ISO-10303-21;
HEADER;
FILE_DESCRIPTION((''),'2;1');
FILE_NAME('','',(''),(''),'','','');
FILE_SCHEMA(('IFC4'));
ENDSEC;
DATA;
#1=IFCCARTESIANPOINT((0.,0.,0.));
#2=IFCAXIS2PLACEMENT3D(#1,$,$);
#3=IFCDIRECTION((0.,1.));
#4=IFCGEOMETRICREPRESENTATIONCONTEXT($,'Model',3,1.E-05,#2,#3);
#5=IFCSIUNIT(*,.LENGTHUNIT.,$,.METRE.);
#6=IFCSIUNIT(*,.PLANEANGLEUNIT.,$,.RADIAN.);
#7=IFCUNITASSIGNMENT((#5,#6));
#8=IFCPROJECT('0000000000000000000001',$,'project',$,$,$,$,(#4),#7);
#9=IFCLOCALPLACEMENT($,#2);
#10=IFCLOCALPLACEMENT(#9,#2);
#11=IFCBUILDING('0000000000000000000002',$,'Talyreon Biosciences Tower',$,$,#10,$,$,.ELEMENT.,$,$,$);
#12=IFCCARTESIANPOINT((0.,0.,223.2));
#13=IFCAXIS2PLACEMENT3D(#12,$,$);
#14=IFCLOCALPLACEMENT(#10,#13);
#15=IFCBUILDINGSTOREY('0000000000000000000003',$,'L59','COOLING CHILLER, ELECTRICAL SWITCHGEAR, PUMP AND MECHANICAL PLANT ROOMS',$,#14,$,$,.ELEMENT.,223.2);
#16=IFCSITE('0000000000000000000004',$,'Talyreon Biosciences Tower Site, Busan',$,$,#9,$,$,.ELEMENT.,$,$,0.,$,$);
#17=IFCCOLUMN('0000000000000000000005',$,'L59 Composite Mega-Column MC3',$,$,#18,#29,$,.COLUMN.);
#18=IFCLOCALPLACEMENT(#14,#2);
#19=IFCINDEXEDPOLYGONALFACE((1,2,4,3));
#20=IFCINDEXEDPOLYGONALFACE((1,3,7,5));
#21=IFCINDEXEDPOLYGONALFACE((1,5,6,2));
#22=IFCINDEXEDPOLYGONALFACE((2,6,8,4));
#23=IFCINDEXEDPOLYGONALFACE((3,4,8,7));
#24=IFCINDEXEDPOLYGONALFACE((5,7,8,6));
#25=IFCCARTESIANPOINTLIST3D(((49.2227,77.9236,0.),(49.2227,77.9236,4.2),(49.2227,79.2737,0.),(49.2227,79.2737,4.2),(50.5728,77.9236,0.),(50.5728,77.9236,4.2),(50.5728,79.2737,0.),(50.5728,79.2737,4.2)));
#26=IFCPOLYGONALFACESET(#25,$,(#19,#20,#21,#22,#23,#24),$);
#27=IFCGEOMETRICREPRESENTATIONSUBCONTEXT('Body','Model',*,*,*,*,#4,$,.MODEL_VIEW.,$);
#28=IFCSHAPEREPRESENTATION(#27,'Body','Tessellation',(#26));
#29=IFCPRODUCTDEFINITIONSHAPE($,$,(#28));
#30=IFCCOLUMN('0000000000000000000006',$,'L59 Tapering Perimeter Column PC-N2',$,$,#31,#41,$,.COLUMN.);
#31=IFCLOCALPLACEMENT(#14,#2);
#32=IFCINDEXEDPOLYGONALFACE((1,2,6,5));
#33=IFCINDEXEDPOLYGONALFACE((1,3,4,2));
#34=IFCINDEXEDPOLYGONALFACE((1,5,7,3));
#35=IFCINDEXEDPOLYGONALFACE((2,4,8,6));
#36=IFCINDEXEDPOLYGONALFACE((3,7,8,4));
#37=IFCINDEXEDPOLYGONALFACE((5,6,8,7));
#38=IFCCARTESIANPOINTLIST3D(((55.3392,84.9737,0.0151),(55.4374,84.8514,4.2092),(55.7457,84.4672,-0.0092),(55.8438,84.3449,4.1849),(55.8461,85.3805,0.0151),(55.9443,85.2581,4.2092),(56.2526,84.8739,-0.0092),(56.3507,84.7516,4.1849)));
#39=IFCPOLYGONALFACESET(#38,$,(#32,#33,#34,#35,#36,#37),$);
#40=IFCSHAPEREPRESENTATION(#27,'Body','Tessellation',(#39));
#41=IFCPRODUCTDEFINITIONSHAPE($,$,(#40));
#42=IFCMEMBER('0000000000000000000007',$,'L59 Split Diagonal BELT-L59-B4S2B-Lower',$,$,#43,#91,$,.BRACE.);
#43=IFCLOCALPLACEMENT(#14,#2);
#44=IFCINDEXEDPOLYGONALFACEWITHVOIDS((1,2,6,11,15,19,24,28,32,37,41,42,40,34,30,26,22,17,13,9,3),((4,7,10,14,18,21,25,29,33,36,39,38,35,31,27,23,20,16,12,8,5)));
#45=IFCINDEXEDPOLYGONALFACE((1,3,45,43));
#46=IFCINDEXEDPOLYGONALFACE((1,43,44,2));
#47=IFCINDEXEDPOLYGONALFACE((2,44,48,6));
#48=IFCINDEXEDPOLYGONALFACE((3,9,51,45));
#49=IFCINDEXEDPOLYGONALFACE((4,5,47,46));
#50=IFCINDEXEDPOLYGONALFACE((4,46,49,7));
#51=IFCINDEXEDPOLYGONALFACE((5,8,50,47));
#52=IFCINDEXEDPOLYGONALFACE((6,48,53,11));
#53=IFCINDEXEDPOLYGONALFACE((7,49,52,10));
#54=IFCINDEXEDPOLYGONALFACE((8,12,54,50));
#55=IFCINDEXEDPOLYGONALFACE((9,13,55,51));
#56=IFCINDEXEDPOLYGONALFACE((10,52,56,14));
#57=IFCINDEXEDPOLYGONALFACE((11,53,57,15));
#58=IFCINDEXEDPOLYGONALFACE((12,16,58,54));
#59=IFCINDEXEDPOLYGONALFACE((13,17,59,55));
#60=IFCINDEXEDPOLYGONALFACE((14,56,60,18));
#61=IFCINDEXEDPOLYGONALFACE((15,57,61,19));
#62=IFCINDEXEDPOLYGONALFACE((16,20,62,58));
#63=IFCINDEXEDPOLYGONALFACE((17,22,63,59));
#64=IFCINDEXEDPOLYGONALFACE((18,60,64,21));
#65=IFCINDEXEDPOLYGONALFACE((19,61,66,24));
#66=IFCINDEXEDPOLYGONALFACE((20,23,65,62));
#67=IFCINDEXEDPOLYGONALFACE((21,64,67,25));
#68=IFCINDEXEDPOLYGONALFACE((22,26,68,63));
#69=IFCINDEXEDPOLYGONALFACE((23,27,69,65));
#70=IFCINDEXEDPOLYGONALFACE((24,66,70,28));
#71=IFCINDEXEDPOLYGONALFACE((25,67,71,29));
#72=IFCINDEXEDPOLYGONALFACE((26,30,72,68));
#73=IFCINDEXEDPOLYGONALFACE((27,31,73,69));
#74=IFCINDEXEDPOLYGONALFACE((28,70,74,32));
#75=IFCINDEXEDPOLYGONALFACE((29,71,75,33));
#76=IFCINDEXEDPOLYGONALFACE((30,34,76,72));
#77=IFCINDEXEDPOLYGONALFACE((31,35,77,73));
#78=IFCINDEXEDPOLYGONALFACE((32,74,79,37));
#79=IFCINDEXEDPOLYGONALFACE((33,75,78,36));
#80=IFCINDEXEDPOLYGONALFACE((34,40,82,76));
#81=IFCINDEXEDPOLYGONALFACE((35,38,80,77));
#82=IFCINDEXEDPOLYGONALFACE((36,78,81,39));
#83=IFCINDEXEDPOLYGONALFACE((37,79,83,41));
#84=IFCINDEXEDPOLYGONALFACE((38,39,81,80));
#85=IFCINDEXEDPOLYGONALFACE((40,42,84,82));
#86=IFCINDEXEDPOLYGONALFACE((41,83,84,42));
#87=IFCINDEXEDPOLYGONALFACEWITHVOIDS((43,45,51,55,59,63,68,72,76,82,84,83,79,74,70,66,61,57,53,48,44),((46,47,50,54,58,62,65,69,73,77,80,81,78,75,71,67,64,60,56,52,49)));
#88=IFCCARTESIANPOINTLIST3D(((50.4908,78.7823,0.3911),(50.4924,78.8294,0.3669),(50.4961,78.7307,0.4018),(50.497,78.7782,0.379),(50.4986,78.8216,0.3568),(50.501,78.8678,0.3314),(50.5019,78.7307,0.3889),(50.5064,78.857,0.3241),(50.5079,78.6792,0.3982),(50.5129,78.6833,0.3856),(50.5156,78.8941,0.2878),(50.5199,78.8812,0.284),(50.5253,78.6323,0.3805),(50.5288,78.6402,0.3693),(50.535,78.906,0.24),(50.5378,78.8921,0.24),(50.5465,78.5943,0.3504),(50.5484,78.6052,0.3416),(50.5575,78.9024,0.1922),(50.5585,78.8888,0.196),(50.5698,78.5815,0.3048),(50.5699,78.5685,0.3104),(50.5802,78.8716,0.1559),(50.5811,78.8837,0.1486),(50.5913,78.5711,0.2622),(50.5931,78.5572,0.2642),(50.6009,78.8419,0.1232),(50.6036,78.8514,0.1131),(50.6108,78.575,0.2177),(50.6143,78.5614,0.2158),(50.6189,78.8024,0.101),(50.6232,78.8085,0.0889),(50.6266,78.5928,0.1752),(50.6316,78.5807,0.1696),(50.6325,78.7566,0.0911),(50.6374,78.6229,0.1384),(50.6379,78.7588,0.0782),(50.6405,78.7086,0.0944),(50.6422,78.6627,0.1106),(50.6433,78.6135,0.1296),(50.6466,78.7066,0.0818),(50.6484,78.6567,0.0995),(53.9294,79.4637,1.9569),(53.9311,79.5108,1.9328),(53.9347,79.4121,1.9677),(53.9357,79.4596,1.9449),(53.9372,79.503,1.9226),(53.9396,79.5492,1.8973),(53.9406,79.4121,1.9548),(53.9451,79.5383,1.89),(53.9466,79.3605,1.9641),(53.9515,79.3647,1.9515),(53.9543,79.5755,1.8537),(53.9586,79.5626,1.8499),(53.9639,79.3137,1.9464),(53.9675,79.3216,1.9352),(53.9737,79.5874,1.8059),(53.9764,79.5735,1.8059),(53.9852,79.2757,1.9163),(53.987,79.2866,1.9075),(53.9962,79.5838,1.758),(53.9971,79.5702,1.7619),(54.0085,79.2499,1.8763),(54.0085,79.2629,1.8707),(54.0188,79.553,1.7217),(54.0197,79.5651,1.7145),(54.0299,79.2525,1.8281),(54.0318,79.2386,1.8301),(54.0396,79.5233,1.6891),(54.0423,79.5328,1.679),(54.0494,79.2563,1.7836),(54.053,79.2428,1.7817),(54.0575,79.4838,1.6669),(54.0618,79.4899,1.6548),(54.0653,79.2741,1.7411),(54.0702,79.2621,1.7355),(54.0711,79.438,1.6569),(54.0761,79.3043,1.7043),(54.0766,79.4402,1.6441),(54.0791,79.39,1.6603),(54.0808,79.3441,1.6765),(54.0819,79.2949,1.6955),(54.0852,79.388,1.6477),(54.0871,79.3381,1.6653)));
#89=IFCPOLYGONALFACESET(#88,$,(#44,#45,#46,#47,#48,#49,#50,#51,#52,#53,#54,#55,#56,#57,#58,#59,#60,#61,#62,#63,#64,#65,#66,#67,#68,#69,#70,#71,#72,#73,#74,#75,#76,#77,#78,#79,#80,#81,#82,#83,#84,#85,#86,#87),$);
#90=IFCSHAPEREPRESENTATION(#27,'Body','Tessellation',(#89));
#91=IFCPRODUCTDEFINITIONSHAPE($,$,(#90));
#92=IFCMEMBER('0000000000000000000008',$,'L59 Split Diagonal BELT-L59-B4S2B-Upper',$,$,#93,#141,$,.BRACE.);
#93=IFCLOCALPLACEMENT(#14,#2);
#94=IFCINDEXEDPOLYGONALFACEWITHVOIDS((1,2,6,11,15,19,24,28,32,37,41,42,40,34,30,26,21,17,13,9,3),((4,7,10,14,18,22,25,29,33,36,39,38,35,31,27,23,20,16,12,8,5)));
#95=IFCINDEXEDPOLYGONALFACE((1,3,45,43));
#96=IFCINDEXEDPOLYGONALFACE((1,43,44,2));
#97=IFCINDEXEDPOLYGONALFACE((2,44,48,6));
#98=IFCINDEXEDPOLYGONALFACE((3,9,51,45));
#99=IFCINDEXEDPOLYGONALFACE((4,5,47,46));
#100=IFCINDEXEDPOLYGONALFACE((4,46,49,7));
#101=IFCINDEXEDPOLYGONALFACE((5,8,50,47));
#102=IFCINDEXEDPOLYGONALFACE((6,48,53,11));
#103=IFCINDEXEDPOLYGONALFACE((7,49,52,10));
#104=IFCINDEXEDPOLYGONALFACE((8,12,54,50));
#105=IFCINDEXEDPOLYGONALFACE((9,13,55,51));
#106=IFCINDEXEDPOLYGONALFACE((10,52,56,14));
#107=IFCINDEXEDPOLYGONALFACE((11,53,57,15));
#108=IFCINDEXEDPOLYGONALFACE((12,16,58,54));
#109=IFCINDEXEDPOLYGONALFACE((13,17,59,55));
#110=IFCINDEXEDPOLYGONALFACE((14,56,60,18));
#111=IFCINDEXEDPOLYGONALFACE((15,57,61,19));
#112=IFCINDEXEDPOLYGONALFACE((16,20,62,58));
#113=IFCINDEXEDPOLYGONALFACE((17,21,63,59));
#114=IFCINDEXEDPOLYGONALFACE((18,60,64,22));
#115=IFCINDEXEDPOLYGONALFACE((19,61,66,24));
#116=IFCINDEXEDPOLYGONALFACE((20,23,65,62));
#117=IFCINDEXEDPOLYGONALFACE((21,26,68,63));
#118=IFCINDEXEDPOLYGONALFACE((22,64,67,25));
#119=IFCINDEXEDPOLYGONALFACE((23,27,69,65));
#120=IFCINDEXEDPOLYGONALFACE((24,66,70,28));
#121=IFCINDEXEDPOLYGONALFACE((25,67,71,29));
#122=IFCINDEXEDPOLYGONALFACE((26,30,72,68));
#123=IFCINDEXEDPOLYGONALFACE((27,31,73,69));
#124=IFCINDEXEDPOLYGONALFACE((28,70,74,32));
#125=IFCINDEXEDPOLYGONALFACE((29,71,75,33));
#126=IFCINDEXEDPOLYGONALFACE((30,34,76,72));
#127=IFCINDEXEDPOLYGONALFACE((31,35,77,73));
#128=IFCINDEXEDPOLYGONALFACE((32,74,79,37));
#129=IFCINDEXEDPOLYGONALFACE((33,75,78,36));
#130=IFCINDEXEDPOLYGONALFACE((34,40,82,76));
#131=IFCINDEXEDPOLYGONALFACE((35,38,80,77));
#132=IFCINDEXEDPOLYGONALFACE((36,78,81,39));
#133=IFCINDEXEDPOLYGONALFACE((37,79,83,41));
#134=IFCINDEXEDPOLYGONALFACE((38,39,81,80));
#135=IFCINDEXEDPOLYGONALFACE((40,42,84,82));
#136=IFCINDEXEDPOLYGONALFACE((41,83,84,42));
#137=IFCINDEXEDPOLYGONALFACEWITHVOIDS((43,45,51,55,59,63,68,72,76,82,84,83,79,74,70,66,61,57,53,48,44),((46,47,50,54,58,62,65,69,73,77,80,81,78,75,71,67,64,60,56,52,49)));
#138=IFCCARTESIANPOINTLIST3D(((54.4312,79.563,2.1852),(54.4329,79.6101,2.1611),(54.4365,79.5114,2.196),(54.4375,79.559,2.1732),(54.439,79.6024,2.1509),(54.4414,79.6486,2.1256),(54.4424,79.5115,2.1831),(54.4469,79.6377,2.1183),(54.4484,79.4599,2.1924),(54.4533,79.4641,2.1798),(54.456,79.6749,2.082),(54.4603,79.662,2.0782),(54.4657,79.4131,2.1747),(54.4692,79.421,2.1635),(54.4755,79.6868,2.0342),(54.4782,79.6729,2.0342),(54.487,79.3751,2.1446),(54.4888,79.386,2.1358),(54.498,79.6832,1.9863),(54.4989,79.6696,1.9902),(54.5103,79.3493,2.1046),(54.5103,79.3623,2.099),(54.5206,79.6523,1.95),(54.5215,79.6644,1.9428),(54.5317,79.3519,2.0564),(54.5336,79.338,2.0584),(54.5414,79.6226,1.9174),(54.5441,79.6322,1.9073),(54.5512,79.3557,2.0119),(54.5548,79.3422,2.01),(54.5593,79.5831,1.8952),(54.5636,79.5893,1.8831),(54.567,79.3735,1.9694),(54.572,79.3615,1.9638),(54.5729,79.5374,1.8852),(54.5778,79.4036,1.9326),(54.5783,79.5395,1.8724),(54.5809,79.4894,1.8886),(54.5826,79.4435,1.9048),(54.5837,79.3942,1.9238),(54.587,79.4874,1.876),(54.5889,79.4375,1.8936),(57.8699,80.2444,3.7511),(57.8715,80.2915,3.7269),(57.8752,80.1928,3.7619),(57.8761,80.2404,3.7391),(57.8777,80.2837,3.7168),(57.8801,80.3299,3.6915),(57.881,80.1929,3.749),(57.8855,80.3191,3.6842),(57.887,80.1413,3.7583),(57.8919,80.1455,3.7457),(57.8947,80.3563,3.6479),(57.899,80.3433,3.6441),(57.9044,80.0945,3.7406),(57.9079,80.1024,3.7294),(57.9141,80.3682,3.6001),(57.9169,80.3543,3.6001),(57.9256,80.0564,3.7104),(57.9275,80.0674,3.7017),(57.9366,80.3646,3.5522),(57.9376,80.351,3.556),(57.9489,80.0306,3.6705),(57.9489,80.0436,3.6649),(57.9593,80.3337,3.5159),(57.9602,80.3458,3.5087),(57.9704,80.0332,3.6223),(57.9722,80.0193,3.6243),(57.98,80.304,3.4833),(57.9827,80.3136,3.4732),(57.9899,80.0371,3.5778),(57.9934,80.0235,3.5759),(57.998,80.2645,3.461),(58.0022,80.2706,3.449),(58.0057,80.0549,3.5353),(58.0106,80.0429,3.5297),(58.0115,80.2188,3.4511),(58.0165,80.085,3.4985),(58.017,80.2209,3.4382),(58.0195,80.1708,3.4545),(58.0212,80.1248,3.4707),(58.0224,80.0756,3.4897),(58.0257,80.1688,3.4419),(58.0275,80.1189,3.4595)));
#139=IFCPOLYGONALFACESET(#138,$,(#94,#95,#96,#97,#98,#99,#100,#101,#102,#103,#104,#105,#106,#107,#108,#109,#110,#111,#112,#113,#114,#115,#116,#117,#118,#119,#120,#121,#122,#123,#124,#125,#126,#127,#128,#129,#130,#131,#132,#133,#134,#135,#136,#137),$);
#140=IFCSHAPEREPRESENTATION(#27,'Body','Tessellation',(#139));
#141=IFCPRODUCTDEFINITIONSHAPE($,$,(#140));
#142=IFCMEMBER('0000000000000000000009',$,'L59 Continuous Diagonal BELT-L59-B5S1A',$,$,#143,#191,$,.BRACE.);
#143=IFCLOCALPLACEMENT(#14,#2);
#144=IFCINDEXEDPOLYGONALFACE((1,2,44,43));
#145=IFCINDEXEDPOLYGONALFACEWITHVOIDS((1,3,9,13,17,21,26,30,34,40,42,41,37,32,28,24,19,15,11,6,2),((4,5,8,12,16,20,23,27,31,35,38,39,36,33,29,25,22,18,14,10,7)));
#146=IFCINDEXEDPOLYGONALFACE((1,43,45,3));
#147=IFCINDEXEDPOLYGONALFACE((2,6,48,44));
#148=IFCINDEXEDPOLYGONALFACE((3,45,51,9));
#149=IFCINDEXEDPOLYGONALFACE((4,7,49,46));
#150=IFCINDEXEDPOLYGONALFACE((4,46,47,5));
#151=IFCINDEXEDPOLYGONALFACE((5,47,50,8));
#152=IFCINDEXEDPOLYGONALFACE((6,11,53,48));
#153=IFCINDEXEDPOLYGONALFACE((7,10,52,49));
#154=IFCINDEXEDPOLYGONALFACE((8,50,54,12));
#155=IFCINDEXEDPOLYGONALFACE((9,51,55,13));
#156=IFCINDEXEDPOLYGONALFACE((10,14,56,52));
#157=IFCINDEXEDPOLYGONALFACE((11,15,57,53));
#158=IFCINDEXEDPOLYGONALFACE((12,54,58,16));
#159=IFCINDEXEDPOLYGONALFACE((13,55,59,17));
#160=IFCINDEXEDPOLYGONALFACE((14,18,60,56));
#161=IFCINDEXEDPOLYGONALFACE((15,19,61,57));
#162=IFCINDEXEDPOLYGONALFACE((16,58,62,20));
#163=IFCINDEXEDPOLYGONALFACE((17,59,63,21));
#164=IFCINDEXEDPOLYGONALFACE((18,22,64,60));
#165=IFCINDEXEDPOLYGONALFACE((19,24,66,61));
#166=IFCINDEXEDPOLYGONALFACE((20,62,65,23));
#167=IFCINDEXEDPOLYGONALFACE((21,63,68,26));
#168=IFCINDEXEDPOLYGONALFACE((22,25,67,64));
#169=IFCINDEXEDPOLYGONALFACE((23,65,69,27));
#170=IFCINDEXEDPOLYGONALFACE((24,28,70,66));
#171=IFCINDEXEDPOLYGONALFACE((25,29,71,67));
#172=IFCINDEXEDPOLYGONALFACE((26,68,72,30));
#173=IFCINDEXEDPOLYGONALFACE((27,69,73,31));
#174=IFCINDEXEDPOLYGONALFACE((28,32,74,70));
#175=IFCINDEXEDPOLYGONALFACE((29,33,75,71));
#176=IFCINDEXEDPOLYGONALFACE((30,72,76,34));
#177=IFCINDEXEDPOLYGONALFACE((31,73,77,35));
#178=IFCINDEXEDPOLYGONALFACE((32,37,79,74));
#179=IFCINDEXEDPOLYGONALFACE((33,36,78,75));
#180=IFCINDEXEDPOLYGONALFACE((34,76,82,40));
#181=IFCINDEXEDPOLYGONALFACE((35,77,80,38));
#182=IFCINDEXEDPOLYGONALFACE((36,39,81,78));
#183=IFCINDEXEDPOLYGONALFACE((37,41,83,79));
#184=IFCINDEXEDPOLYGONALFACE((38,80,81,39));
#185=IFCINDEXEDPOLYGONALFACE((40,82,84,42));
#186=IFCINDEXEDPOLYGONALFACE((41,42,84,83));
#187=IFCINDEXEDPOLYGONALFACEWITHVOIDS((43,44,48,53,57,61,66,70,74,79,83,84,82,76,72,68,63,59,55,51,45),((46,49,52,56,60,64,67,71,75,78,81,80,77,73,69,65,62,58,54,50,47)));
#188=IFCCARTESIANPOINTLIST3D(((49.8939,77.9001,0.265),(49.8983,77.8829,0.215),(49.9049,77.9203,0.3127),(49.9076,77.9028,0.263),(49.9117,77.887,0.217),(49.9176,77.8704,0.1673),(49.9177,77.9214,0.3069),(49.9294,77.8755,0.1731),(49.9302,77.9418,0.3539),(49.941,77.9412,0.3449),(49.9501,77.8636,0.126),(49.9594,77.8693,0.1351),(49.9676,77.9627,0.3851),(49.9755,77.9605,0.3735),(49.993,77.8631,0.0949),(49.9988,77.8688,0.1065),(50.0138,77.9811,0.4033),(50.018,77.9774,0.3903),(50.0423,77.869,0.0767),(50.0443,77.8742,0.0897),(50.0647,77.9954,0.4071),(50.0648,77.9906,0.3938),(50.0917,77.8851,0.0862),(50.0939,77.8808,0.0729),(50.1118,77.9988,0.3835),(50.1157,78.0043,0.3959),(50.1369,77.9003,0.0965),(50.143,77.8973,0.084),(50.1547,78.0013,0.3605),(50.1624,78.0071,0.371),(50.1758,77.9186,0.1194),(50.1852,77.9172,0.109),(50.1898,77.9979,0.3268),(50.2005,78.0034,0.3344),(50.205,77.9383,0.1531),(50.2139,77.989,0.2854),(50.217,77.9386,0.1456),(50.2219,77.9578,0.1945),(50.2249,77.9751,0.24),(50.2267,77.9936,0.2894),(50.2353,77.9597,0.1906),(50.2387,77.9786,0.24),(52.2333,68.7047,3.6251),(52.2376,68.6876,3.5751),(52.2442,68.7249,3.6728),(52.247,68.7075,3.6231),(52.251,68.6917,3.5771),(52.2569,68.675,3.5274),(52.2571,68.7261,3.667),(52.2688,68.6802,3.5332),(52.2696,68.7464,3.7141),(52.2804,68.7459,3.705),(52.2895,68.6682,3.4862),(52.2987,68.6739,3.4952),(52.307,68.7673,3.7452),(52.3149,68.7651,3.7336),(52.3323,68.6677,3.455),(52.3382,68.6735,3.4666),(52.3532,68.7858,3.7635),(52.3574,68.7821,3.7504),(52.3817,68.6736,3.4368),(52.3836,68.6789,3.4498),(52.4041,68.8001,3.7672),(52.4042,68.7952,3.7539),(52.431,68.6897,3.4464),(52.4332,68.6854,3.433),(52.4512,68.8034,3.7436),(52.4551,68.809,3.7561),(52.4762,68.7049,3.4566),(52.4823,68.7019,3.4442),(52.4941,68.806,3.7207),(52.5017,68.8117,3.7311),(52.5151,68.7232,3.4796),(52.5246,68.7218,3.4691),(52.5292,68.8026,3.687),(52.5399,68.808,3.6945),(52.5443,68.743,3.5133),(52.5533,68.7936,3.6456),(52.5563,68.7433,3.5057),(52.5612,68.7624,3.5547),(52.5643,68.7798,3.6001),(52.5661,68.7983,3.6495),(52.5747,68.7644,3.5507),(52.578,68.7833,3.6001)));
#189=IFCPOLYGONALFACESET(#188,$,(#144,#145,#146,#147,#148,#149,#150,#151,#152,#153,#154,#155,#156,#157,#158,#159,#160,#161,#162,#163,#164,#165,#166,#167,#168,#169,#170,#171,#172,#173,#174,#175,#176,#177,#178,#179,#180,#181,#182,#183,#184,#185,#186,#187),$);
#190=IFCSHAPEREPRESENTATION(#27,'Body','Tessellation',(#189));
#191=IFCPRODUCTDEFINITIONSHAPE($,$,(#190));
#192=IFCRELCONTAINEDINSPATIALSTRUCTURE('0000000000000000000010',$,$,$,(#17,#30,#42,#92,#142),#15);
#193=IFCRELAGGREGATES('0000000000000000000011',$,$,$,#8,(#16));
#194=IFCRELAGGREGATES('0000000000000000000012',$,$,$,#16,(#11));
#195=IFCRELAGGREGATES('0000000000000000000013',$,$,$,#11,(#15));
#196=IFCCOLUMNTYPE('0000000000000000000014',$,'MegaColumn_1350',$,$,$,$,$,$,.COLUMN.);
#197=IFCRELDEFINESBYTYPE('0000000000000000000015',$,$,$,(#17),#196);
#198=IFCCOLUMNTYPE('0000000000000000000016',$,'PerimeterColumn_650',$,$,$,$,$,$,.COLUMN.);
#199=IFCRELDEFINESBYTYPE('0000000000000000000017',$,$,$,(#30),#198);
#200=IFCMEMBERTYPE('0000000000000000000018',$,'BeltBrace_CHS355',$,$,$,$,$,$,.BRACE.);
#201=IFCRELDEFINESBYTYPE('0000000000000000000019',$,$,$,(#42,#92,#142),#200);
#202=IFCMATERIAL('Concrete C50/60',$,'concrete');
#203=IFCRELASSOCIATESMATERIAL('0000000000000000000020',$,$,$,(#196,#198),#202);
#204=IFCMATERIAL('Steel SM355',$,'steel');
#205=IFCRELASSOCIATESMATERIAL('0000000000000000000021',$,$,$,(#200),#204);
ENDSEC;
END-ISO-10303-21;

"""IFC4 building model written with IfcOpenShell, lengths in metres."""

from ifc_helpers import new_model, si_unit, direction, frame, origin, origin_2d, place, context, subcontext, project, spatial, rectangle, hollow_circle, extrude, material, material_profile, profile_set, type_object, element, save


model = new_model("IFC4")

# Units and contexts
model_context = context("Model", 3, precision=1e-05, world=origin(), true_north=direction((0.0, 1.0)))
body_context = subcontext(model_context, "Body", "Model", "MODEL_VIEW")
ifc_project = project(units=[si_unit("LENGTHUNIT", "METRE"), si_unit("PLANEANGLEUNIT", "RADIAN")], contexts=[model_context])

# Site, building, storey
site_placement = place(None, origin())
site = spatial("IfcSite", under=ifc_project, at=site_placement, Name="Talyreon Biosciences Tower Site, Busan", CompositionType="ELEMENT", RefElevation=0.0)
building_placement = place(site_placement, origin())
building = spatial("IfcBuilding", under=site, at=building_placement, Name="Talyreon Biosciences Tower", CompositionType="ELEMENT")
storey_placement = place(building_placement, frame((0.0, 0.0, 223.2)))
storey = spatial("IfcBuildingStorey", under=building, at=storey_placement, Name="L59", Description="COOLING CHILLER, ELECTRICAL SWITCHGEAR, PUMP AND MECHANICAL PLANT ROOMS", CompositionType="ELEMENT", Elevation=223.2)

# Columns
ifc_material_1 = material(Name="Concrete C50/60", Category="concrete")
ifc_material_profile_1 = material_profile(ifc_material_1, rectangle(XDim=1.3501, YDim=1.3501, at=origin_2d()), Name="RC 1350x1350")
ifc_profile_set_1 = profile_set([ifc_material_profile_1], Name="Concrete C50/60")
column_type_1 = type_object("IfcColumnType", Name="MegaColumn_1350", PredefinedType="COLUMN", material=ifc_profile_set_1)
column_1_placement = place(storey_placement, frame((49.8977, 78.5986, 0.0), z_axis=(0.0, 0.0, 1.0), x_axis=(1.0, 0.0, 0.0)))
element("IfcColumn", 1, at=column_1_placement, inside=storey, type_object=column_type_1, Name="L59 Composite Mega-Column MC3", PredefinedType="COLUMN", context=body_context, shape_type="SweptSolid", body=[
    extrude(rectangle(XDim=1.3501, YDim=1.3501, at=origin_2d()), origin(), (0.0, 0.0, 1.0), 4.2),
])
ifc_material_profile_2 = material_profile(ifc_material_1, rectangle(XDim=0.6499, YDim=0.6499, at=origin_2d()), Name="RC 650x650")
ifc_profile_set_2 = profile_set([ifc_material_profile_2], Name="Concrete C50/60")
column_type_2 = type_object("IfcColumnType", Name="PerimeterColumn_650", PredefinedType="COLUMN", material=ifc_profile_set_2)
column_2_placement = place(storey_placement, frame((55.7959, 84.9238, 0.0029), z_axis=(0.023384, -0.029143, 0.999302), x_axis=(-0.779957, -0.625834, 0.0)))
element("IfcColumn", 2, at=column_2_placement, inside=storey, type_object=column_type_2, Name="L59 Tapering Perimeter Column PC-N2", PredefinedType="COLUMN", context=body_context, shape_type="SweptSolid", body=[
    extrude(rectangle(XDim=0.6499, YDim=0.6499, at=origin_2d()), origin(), (0.0, 0.0, 1.0), 4.197),
])

# Members
ifc_material_2 = material(Name="Steel SM355", Category="steel")
ifc_material_profile_3 = material_profile(ifc_material_2, hollow_circle(Radius=0.1777, WallThickness=0.0142, at=origin_2d()), Name="CHS 355.6x14.2")
ifc_profile_set_3 = profile_set([ifc_material_profile_3], Name="Steel SM355")
member_type_1 = type_object("IfcMemberType", Name="BeltBrace_CHS355", PredefinedType="BRACE", material=ifc_profile_set_3)
for number, where, z_axis, x_axis, name in (
    (3, (50.5696, 78.7317, 0.24), (0.895634, 0.177473, 0.407852), (-0.194375, 0.980927, 0.0), "L59 Split Diagonal BELT-L59-B4S2B-Lower"),
    (4, (54.51, 79.5125, 2.0342), (0.895634, 0.177473, 0.407852), (-0.194375, 0.980927, 0.0), "L59 Split Diagonal BELT-L59-B4S2B-Upper"),
):
    element("IfcMember", number, at=place(storey_placement, frame(where, z_axis=z_axis, x_axis=x_axis)), inside=storey, type_object=member_type_1, Name=name, PredefinedType="BRACE", context=body_context, shape_type="SweptSolid", body=[
        extrude(hollow_circle(Radius=0.1777, WallThickness=0.0142, at=origin_2d()), origin(), (0.0, 0.0, 1.0), 3.8394),
    ])
member_1_placement = place(storey_placement, frame((50.0664, 77.9348, 0.24), z_axis=(0.232411, -0.913537, 0.33382), x_axis=(0.969129, 0.246554, 0.0)))
element("IfcMember", 5, at=member_1_placement, inside=storey, type_object=member_type_1, Name="L59 Continuous Diagonal BELT-L59-B5S1A", PredefinedType="BRACE", context=body_context, shape_type="SweptSolid", body=[
    extrude(hollow_circle(Radius=0.1777, WallThickness=0.0142, at=origin_2d()), origin(), (0.0, 0.0, 1.0), 10.0657),
])

save(model, "model.ifc")
